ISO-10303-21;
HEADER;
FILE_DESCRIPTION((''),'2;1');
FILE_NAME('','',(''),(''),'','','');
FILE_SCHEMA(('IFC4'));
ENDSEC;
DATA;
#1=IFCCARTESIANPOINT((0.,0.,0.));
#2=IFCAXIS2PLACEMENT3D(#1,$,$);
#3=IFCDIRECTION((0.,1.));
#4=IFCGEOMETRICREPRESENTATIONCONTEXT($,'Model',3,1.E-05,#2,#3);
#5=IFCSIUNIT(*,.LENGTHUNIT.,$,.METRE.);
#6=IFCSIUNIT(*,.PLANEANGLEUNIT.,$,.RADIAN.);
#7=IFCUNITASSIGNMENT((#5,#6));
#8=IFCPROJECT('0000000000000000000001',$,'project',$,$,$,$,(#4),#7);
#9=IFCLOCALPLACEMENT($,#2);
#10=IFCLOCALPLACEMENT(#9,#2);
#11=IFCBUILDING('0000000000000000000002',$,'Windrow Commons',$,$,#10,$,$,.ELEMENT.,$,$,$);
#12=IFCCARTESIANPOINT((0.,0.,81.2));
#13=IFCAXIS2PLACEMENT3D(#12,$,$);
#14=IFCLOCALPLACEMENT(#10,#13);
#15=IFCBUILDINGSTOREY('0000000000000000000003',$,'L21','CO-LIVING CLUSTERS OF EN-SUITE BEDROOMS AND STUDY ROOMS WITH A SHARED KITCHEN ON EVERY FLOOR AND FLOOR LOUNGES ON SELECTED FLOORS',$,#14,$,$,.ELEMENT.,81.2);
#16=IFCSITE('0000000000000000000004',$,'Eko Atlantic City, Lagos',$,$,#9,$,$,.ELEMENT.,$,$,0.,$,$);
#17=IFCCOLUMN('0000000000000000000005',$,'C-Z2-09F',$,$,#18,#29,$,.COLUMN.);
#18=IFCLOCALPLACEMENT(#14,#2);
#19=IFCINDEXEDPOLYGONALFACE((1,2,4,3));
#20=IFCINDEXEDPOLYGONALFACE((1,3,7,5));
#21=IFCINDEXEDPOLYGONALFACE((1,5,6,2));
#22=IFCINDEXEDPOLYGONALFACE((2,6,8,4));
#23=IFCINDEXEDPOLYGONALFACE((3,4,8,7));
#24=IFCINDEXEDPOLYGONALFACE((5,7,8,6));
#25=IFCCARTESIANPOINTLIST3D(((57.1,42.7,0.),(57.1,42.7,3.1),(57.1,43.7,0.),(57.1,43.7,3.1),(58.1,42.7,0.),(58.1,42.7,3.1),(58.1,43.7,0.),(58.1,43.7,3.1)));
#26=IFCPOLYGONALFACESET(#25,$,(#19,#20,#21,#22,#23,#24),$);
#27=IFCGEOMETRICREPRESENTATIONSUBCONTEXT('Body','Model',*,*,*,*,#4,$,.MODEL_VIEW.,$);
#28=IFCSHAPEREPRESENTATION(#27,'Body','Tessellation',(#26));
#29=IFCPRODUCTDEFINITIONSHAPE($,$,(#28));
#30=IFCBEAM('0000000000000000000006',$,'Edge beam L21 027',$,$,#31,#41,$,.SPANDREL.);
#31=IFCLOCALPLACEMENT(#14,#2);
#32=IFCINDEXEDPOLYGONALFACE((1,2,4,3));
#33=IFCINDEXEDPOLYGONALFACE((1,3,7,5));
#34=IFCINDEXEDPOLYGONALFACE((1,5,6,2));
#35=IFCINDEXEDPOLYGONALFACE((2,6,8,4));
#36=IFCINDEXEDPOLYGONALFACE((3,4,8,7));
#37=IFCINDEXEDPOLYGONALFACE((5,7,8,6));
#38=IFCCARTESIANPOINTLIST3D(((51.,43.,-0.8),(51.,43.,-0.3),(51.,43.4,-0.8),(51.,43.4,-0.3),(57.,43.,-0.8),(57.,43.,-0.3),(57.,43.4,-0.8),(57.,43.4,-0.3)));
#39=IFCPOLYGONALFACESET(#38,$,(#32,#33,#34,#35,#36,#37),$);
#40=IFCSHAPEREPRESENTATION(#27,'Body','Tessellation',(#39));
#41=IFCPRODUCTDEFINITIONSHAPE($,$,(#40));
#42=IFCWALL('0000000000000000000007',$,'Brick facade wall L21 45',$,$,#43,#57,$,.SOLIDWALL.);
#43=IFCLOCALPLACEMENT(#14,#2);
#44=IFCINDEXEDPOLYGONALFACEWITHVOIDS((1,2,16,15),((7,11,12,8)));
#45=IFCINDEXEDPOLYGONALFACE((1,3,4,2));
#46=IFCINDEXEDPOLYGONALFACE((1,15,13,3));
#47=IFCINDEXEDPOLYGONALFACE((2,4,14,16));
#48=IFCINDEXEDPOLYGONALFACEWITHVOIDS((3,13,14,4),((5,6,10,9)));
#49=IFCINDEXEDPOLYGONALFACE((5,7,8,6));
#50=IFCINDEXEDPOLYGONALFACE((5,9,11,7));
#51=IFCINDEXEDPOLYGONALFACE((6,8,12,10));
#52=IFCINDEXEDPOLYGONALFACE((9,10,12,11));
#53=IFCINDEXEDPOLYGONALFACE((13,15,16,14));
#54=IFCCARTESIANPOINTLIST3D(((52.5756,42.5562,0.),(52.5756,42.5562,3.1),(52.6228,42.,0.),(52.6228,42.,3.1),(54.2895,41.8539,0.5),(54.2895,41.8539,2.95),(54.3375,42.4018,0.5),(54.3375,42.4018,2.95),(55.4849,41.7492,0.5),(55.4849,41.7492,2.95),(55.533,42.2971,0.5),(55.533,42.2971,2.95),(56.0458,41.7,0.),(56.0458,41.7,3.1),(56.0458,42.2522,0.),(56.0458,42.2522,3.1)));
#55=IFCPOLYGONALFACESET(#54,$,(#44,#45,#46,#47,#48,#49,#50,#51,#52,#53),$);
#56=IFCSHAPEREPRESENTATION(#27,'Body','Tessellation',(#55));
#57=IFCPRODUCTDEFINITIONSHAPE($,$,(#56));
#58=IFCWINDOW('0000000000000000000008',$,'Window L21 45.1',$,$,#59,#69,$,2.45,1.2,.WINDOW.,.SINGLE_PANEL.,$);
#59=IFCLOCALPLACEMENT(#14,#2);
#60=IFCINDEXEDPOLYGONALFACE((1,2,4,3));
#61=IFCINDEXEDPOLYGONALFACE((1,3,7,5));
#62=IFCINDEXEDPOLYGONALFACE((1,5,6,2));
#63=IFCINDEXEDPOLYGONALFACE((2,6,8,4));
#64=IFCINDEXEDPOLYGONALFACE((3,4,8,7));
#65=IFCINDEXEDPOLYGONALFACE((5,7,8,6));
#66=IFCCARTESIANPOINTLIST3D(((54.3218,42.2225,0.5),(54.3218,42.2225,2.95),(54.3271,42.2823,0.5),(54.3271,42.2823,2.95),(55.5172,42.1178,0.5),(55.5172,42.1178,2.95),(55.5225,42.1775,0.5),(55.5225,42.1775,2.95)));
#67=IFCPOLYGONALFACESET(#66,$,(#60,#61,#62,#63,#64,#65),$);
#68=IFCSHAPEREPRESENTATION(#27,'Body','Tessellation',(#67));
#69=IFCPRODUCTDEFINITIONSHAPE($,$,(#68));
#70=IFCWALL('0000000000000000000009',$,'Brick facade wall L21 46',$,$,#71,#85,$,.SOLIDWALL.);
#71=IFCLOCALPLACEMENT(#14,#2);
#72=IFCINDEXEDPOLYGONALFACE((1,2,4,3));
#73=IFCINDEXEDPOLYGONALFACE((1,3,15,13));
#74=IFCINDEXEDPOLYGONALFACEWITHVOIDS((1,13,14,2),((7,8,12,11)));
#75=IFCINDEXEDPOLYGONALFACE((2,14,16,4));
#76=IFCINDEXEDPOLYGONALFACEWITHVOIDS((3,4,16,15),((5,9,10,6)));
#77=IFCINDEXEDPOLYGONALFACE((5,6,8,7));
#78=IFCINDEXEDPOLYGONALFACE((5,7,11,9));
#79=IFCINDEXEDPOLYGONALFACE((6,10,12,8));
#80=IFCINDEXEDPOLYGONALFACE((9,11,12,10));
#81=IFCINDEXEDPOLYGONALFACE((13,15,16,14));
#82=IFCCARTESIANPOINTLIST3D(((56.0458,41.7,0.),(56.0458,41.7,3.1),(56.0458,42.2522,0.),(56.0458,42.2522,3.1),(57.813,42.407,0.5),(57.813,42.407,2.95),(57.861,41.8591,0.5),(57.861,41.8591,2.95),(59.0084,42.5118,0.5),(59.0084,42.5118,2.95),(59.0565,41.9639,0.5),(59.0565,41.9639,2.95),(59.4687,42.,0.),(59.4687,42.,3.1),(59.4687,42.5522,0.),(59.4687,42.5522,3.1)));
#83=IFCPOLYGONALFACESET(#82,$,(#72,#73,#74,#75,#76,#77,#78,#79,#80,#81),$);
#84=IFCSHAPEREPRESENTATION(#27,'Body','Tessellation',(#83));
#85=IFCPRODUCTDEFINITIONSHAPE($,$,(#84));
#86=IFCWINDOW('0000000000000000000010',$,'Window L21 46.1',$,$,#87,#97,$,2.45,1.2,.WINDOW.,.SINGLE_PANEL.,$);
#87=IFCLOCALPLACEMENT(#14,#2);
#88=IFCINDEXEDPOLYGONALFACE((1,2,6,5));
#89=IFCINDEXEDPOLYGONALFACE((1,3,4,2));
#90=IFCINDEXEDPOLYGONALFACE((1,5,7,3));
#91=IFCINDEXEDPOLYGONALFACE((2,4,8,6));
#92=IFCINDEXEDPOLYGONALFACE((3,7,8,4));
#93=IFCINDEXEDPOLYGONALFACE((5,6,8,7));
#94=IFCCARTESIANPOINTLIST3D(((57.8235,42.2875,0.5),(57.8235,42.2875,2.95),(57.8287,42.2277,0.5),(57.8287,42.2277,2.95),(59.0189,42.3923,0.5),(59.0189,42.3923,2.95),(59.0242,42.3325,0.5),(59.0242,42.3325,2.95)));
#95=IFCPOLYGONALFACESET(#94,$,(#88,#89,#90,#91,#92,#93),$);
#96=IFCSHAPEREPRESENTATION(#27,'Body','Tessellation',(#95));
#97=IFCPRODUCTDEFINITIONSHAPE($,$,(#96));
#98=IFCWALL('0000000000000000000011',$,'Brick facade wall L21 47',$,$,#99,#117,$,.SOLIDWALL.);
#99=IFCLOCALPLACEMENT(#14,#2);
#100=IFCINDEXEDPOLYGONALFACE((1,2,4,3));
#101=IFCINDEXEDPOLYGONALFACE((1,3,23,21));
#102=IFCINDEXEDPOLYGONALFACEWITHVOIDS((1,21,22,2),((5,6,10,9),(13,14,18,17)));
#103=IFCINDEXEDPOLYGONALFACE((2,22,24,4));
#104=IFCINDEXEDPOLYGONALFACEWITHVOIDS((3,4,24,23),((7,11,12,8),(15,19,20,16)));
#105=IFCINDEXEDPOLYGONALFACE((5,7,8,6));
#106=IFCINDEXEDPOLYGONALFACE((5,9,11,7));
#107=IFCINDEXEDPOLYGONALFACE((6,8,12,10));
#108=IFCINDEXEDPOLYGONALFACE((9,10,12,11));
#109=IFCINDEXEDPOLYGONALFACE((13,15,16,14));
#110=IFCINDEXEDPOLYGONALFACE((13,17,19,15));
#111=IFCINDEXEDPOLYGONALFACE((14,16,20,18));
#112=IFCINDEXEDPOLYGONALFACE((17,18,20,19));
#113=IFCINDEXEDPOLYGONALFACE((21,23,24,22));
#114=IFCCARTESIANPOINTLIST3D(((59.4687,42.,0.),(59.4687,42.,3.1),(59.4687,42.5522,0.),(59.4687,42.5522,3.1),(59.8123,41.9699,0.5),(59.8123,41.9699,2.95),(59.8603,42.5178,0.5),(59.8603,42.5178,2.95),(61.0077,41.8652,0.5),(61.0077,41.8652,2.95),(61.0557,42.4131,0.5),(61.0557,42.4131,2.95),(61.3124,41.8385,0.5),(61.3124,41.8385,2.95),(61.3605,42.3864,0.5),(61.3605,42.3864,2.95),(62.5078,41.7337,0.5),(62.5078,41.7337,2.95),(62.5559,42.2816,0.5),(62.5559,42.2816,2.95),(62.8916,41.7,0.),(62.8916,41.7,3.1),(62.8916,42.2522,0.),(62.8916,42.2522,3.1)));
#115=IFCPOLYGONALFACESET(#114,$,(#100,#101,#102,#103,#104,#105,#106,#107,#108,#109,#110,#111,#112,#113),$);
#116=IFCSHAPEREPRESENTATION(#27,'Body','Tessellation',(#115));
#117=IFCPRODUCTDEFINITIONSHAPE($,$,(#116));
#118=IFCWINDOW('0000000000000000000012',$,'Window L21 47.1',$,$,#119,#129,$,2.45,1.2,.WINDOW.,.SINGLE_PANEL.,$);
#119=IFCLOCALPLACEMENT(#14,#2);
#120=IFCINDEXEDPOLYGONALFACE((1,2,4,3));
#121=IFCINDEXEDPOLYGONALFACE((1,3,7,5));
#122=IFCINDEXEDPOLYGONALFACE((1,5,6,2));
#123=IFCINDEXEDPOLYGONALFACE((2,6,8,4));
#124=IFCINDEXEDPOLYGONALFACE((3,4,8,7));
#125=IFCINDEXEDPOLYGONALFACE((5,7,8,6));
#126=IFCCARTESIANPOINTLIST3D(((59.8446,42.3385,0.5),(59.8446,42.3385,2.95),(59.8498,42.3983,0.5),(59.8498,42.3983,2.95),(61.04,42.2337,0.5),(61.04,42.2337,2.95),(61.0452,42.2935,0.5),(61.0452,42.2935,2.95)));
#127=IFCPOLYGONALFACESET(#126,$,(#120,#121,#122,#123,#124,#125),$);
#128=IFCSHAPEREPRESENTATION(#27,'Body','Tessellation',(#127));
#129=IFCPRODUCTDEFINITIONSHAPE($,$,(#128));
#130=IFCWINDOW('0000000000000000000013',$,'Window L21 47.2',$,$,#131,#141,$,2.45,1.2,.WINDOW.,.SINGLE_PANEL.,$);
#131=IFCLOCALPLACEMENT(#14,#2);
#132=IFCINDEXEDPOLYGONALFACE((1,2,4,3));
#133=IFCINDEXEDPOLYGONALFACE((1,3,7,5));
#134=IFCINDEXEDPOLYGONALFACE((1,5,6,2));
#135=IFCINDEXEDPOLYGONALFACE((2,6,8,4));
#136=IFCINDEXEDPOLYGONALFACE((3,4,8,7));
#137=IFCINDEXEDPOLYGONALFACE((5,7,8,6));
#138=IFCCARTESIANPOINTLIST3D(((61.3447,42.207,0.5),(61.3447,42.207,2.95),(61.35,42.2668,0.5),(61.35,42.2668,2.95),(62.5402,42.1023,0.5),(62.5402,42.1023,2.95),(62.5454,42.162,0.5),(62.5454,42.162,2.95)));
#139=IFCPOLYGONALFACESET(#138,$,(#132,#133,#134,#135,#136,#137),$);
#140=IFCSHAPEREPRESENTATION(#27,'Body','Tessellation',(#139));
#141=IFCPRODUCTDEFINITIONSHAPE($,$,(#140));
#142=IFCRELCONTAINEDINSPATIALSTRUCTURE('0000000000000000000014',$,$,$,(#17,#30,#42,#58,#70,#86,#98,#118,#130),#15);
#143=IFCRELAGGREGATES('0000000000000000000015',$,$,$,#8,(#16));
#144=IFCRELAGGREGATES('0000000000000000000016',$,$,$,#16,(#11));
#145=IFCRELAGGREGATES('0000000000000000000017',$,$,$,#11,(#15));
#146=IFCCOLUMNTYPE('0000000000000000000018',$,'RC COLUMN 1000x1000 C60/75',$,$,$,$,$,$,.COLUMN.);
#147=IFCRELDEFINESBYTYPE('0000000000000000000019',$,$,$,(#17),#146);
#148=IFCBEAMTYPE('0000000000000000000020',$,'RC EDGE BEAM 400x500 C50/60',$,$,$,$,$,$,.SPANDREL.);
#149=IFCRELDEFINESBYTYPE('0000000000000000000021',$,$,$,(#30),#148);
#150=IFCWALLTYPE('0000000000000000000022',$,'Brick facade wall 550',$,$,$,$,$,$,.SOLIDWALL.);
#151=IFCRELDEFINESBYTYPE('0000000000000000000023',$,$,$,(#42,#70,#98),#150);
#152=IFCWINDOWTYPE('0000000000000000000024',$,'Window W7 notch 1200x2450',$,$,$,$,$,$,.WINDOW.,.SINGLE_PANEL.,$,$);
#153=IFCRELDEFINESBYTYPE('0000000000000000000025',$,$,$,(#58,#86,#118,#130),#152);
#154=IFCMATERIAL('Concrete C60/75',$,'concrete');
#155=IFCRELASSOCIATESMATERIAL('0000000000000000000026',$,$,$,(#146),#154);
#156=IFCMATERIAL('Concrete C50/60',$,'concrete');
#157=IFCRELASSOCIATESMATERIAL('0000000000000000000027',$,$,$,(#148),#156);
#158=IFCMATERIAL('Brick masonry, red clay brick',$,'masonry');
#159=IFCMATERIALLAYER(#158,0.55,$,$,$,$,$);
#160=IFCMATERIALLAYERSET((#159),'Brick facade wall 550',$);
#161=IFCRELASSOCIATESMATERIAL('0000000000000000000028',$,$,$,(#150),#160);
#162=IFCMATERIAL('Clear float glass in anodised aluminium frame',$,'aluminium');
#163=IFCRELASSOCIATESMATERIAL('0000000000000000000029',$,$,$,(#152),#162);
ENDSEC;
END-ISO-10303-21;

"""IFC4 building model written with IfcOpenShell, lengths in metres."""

from ifc_helpers import new_model, si_unit, direction, frame, frame_2d, origin, origin_2d, place, context, subcontext, project, spatial, polyline, rectangle, outline, extrude, material, layer, layer_set, material_profile, profile_set, type_object, element, fill, save


model = new_model("IFC4")

# Units and contexts
model_context = context("Model", 3, precision=1e-05, world=origin(), true_north=direction((0.0, 1.0)))
body_context = subcontext(model_context, "Body", "Model", "MODEL_VIEW")
ifc_project = project(units=[si_unit("LENGTHUNIT", "METRE"), si_unit("PLANEANGLEUNIT", "RADIAN")], contexts=[model_context])

# Site, building, storey
site_placement = place(None, origin())
site = spatial("IfcSite", under=ifc_project, at=site_placement, Name="Eko Atlantic City, Lagos", CompositionType="ELEMENT", RefElevation=0.0)
building_placement = place(site_placement, origin())
building = spatial("IfcBuilding", under=site, at=building_placement, Name="Windrow Commons", CompositionType="ELEMENT")
storey_placement = place(building_placement, frame((0.0, 0.0, 81.2)))
storey = spatial("IfcBuildingStorey", under=building, at=storey_placement, Name="L21", Description="CO-LIVING CLUSTERS OF EN-SUITE BEDROOMS AND STUDY ROOMS WITH A SHARED KITCHEN ON EVERY FLOOR AND FLOOR LOUNGES ON SELECTED FLOORS", CompositionType="ELEMENT", Elevation=81.2)

# Column
ifc_material_1 = material(Name="Concrete C60/75", Category="concrete")
ifc_material_profile_1 = material_profile(ifc_material_1, rectangle(XDim=1.0, YDim=1.0, at=origin_2d()))
ifc_profile_set_1 = profile_set([ifc_material_profile_1], Name="Concrete C60/75")
column_type = type_object("IfcColumnType", Name="RC COLUMN 1000x1000 C60/75", PredefinedType="COLUMN", material=ifc_profile_set_1)
column_placement = place(storey_placement, frame((57.6, 43.2, 0.0), z_axis=(0.0, 0.0, 1.0), x_axis=(1.0, 0.0, 0.0)))
element("IfcColumn", 1, at=column_placement, inside=storey, type_object=column_type, Name="C-Z2-09F", PredefinedType="COLUMN", context=body_context, shape_type="SweptSolid", body=[
    extrude(rectangle(XDim=1.0, YDim=1.0, at=origin_2d()), origin(), (0.0, 0.0, 1.0), 3.1),
])

# Beam
ifc_material_2 = material(Name="Concrete C50/60", Category="concrete")
ifc_material_profile_2 = material_profile(ifc_material_2, rectangle(XDim=0.4, YDim=0.5, at=origin_2d()))
ifc_profile_set_2 = profile_set([ifc_material_profile_2], Name="Concrete C50/60")
beam_type = type_object("IfcBeamType", Name="RC EDGE BEAM 400x500 C50/60", PredefinedType="SPANDREL", material=ifc_profile_set_2)
beam_placement = place(storey_placement, frame((57.0, 43.2, -0.55), z_axis=(-1.0, 0.0, 0.0), x_axis=(0.0, -1.0, 0.0)))
element("IfcBeam", 2, at=beam_placement, inside=storey, type_object=beam_type, Name="Edge beam L21 027", PredefinedType="SPANDREL", context=body_context, shape_type="SweptSolid", body=[
    extrude(rectangle(XDim=0.4, YDim=0.5, at=origin_2d()), origin(), (0.0, 0.0, 1.0), 6.0),
])

# Walls, openings, windows
ifc_material_3 = material(Name="Brick masonry, red clay brick", Category="masonry")
ifc_layer_1 = layer(ifc_material_3, 0.55)
ifc_layer_set_1 = layer_set([ifc_layer_1], Name="Brick facade wall 550")
wall_type_1 = type_object("IfcWallType", Name="Brick facade wall 550", PredefinedType="SOLIDWALL", material=ifc_layer_set_1)
wall_1_placement = place(storey_placement, frame((52.5992, 42.2781, 0.0), z_axis=(0.0, 0.0, 1.0), x_axis=(0.996183, -0.087288, 0.0)))
wall_1 = element("IfcWall", 3, at=wall_1_placement, inside=storey, type_object=wall_type_1, Name="Brick facade wall L21 45", PredefinedType="SOLIDWALL", context=body_context, shape_type="SweptSolid", body=[
    extrude(outline(polyline([(0.0478, -0.275), (3.4839, -0.275), (3.4357, 0.275), (-0.0478, 0.275), (0.0478, -0.275)])), origin(), (0.0, 0.0, 1.0), 3.1),
])
opening_1_placement = place(wall_1_placement, frame((1.7209, 0.0, 0.5)))
opening_1 = element("IfcOpeningElement", 4, at=opening_1_placement, cuts=wall_1, PredefinedType="OPENING", context=body_context, shape_type="SweptSolid", body=[
    extrude(rectangle(XDim=1.2, YDim=2.45, at=frame_2d((0.6, 1.225))), frame((0.0, 0.285, 0.0), z_axis=(0.0, -1.0, 0.0), x_axis=(1.0, 0.0, 0.0)), (0.0, 0.0, 1.0), 0.57),
])
ifc_material_4 = material(Name="Clear float glass in anodised aluminium frame", Category="aluminium")
window_type = type_object("IfcWindowType", Name="Window W7 notch 1200x2450", PartitioningType="SINGLE_PANEL", PredefinedType="WINDOW", material=ifc_material_4)
window_1_placement = place(opening_1_placement, origin())
window_1 = element("IfcWindow", 5, at=window_1_placement, inside=storey, type_object=window_type, Name="Window L21 45.1", OverallHeight=2.45, OverallWidth=1.2, PartitioningType="SINGLE_PANEL", PredefinedType="WINDOW", context=body_context, shape_type="SweptSolid", body=[
    extrude(rectangle(XDim=1.2, YDim=2.45, at=frame_2d((0.6, 1.225))), frame((0.0, 0.155, 0.0), z_axis=(0.0, -1.0, 0.0), x_axis=(1.0, 0.0, 0.0)), (0.0, 0.0, 1.0), 0.06),
])
fill(opening_1, window_1)
wall_2_placement = place(storey_placement, frame((56.0458, 41.9761, 0.0), z_axis=(0.0, 0.0, 1.0), x_axis=(0.996181, 0.08731, 0.0)))
wall_2 = element("IfcWall", 6, at=wall_2_placement, inside=storey, type_object=wall_type_1, Name="Brick facade wall L21 46", PredefinedType="SOLIDWALL", context=body_context, shape_type="SweptSolid", body=[
    extrude(outline(polyline([(-0.0241, -0.275), (3.4119, -0.275), (3.4601, 0.275), (0.0241, 0.275), (-0.0241, -0.275)])), origin(), (0.0, 0.0, 1.0), 3.1),
])
opening_2_placement = place(wall_2_placement, frame((1.7981, 0.0, 0.5)))
opening_2 = element("IfcOpeningElement", 7, at=opening_2_placement, cuts=wall_2, PredefinedType="OPENING", context=body_context, shape_type="SweptSolid", body=[
    extrude(rectangle(XDim=1.2, YDim=2.45, at=frame_2d((0.6, 1.225))), frame((0.0, 0.285, 0.0), z_axis=(0.0, -1.0, 0.0), x_axis=(1.0, 0.0, 0.0)), (0.0, 0.0, 1.0), 0.57),
])
window_2_placement = place(opening_2_placement, origin())
window_2 = element("IfcWindow", 8, at=window_2_placement, inside=storey, type_object=window_type, Name="Window L21 46.1", OverallHeight=2.45, OverallWidth=1.2, PartitioningType="SINGLE_PANEL", PredefinedType="WINDOW", context=body_context, shape_type="SweptSolid", body=[
    extrude(rectangle(XDim=1.2, YDim=2.45, at=frame_2d((0.6, 1.225))), frame((0.0, 0.155, 0.0), z_axis=(0.0, -1.0, 0.0), x_axis=(1.0, 0.0, 0.0)), (0.0, 0.0, 1.0), 0.06),
])
fill(opening_2, window_2)

# Wall, openings, windows
wall_3_placement = place(storey_placement, frame((59.4687, 42.2761, 0.0), z_axis=(0.0, 0.0, 1.0), x_axis=(0.996181, -0.08731, 0.0)))
wall_3 = element("IfcWall", 9, at=wall_3_placement, inside=storey, type_object=wall_type_1, Name="Brick facade wall L21 47", PredefinedType="SOLIDWALL", context=body_context, shape_type="SweptSolid", body=[
    extrude(outline(polyline([(0.0241, -0.275), (3.4601, -0.275), (3.4119, 0.275), (-0.0241, 0.275), (0.0241, -0.275)])), origin(), (0.0, 0.0, 1.0), 3.1),
])
opening_3_placement = place(wall_3_placement, frame((0.369, 0.0, 0.5)))
opening_3 = element("IfcOpeningElement", 10, at=opening_3_placement, cuts=wall_3, PredefinedType="OPENING", context=body_context, shape_type="SweptSolid", body=[
    extrude(rectangle(XDim=1.2, YDim=2.45, at=frame_2d((0.6, 1.225))), frame((0.0, 0.285, 0.0), z_axis=(0.0, -1.0, 0.0), x_axis=(1.0, 0.0, 0.0)), (0.0, 0.0, 1.0), 0.57),
])
opening_4_placement = place(wall_3_placement, frame((1.8749, 0.0, 0.5)))
opening_4 = element("IfcOpeningElement", 11, at=opening_4_placement, cuts=wall_3, PredefinedType="OPENING", context=body_context, shape_type="SweptSolid", body=[
    extrude(rectangle(XDim=1.2, YDim=2.45, at=frame_2d((0.6, 1.225))), frame((0.0, 0.285, 0.0), z_axis=(0.0, -1.0, 0.0), x_axis=(1.0, 0.0, 0.0)), (0.0, 0.0, 1.0), 0.57),
])
window_3_placement = place(opening_3_placement, origin())
window_3 = element("IfcWindow", 12, at=window_3_placement, inside=storey, type_object=window_type, Name="Window L21 47.1", OverallHeight=2.45, OverallWidth=1.2, PartitioningType="SINGLE_PANEL", PredefinedType="WINDOW", context=body_context, shape_type="SweptSolid", body=[
    extrude(rectangle(XDim=1.2, YDim=2.45, at=frame_2d((0.6, 1.225))), frame((0.0, 0.155, 0.0), z_axis=(0.0, -1.0, 0.0), x_axis=(1.0, 0.0, 0.0)), (0.0, 0.0, 1.0), 0.06),
])
fill(opening_3, window_3)
window_4_placement = place(opening_4_placement, origin())
window_4 = element("IfcWindow", 13, at=window_4_placement, inside=storey, type_object=window_type, Name="Window L21 47.2", OverallHeight=2.45, OverallWidth=1.2, PartitioningType="SINGLE_PANEL", PredefinedType="WINDOW", context=body_context, shape_type="SweptSolid", body=[
    extrude(rectangle(XDim=1.2, YDim=2.45, at=frame_2d((0.6, 1.225))), frame((0.0, 0.155, 0.0), z_axis=(0.0, -1.0, 0.0), x_axis=(1.0, 0.0, 0.0)), (0.0, 0.0, 1.0), 0.06),
])
fill(opening_4, window_4)

save(model, "model.ifc")
